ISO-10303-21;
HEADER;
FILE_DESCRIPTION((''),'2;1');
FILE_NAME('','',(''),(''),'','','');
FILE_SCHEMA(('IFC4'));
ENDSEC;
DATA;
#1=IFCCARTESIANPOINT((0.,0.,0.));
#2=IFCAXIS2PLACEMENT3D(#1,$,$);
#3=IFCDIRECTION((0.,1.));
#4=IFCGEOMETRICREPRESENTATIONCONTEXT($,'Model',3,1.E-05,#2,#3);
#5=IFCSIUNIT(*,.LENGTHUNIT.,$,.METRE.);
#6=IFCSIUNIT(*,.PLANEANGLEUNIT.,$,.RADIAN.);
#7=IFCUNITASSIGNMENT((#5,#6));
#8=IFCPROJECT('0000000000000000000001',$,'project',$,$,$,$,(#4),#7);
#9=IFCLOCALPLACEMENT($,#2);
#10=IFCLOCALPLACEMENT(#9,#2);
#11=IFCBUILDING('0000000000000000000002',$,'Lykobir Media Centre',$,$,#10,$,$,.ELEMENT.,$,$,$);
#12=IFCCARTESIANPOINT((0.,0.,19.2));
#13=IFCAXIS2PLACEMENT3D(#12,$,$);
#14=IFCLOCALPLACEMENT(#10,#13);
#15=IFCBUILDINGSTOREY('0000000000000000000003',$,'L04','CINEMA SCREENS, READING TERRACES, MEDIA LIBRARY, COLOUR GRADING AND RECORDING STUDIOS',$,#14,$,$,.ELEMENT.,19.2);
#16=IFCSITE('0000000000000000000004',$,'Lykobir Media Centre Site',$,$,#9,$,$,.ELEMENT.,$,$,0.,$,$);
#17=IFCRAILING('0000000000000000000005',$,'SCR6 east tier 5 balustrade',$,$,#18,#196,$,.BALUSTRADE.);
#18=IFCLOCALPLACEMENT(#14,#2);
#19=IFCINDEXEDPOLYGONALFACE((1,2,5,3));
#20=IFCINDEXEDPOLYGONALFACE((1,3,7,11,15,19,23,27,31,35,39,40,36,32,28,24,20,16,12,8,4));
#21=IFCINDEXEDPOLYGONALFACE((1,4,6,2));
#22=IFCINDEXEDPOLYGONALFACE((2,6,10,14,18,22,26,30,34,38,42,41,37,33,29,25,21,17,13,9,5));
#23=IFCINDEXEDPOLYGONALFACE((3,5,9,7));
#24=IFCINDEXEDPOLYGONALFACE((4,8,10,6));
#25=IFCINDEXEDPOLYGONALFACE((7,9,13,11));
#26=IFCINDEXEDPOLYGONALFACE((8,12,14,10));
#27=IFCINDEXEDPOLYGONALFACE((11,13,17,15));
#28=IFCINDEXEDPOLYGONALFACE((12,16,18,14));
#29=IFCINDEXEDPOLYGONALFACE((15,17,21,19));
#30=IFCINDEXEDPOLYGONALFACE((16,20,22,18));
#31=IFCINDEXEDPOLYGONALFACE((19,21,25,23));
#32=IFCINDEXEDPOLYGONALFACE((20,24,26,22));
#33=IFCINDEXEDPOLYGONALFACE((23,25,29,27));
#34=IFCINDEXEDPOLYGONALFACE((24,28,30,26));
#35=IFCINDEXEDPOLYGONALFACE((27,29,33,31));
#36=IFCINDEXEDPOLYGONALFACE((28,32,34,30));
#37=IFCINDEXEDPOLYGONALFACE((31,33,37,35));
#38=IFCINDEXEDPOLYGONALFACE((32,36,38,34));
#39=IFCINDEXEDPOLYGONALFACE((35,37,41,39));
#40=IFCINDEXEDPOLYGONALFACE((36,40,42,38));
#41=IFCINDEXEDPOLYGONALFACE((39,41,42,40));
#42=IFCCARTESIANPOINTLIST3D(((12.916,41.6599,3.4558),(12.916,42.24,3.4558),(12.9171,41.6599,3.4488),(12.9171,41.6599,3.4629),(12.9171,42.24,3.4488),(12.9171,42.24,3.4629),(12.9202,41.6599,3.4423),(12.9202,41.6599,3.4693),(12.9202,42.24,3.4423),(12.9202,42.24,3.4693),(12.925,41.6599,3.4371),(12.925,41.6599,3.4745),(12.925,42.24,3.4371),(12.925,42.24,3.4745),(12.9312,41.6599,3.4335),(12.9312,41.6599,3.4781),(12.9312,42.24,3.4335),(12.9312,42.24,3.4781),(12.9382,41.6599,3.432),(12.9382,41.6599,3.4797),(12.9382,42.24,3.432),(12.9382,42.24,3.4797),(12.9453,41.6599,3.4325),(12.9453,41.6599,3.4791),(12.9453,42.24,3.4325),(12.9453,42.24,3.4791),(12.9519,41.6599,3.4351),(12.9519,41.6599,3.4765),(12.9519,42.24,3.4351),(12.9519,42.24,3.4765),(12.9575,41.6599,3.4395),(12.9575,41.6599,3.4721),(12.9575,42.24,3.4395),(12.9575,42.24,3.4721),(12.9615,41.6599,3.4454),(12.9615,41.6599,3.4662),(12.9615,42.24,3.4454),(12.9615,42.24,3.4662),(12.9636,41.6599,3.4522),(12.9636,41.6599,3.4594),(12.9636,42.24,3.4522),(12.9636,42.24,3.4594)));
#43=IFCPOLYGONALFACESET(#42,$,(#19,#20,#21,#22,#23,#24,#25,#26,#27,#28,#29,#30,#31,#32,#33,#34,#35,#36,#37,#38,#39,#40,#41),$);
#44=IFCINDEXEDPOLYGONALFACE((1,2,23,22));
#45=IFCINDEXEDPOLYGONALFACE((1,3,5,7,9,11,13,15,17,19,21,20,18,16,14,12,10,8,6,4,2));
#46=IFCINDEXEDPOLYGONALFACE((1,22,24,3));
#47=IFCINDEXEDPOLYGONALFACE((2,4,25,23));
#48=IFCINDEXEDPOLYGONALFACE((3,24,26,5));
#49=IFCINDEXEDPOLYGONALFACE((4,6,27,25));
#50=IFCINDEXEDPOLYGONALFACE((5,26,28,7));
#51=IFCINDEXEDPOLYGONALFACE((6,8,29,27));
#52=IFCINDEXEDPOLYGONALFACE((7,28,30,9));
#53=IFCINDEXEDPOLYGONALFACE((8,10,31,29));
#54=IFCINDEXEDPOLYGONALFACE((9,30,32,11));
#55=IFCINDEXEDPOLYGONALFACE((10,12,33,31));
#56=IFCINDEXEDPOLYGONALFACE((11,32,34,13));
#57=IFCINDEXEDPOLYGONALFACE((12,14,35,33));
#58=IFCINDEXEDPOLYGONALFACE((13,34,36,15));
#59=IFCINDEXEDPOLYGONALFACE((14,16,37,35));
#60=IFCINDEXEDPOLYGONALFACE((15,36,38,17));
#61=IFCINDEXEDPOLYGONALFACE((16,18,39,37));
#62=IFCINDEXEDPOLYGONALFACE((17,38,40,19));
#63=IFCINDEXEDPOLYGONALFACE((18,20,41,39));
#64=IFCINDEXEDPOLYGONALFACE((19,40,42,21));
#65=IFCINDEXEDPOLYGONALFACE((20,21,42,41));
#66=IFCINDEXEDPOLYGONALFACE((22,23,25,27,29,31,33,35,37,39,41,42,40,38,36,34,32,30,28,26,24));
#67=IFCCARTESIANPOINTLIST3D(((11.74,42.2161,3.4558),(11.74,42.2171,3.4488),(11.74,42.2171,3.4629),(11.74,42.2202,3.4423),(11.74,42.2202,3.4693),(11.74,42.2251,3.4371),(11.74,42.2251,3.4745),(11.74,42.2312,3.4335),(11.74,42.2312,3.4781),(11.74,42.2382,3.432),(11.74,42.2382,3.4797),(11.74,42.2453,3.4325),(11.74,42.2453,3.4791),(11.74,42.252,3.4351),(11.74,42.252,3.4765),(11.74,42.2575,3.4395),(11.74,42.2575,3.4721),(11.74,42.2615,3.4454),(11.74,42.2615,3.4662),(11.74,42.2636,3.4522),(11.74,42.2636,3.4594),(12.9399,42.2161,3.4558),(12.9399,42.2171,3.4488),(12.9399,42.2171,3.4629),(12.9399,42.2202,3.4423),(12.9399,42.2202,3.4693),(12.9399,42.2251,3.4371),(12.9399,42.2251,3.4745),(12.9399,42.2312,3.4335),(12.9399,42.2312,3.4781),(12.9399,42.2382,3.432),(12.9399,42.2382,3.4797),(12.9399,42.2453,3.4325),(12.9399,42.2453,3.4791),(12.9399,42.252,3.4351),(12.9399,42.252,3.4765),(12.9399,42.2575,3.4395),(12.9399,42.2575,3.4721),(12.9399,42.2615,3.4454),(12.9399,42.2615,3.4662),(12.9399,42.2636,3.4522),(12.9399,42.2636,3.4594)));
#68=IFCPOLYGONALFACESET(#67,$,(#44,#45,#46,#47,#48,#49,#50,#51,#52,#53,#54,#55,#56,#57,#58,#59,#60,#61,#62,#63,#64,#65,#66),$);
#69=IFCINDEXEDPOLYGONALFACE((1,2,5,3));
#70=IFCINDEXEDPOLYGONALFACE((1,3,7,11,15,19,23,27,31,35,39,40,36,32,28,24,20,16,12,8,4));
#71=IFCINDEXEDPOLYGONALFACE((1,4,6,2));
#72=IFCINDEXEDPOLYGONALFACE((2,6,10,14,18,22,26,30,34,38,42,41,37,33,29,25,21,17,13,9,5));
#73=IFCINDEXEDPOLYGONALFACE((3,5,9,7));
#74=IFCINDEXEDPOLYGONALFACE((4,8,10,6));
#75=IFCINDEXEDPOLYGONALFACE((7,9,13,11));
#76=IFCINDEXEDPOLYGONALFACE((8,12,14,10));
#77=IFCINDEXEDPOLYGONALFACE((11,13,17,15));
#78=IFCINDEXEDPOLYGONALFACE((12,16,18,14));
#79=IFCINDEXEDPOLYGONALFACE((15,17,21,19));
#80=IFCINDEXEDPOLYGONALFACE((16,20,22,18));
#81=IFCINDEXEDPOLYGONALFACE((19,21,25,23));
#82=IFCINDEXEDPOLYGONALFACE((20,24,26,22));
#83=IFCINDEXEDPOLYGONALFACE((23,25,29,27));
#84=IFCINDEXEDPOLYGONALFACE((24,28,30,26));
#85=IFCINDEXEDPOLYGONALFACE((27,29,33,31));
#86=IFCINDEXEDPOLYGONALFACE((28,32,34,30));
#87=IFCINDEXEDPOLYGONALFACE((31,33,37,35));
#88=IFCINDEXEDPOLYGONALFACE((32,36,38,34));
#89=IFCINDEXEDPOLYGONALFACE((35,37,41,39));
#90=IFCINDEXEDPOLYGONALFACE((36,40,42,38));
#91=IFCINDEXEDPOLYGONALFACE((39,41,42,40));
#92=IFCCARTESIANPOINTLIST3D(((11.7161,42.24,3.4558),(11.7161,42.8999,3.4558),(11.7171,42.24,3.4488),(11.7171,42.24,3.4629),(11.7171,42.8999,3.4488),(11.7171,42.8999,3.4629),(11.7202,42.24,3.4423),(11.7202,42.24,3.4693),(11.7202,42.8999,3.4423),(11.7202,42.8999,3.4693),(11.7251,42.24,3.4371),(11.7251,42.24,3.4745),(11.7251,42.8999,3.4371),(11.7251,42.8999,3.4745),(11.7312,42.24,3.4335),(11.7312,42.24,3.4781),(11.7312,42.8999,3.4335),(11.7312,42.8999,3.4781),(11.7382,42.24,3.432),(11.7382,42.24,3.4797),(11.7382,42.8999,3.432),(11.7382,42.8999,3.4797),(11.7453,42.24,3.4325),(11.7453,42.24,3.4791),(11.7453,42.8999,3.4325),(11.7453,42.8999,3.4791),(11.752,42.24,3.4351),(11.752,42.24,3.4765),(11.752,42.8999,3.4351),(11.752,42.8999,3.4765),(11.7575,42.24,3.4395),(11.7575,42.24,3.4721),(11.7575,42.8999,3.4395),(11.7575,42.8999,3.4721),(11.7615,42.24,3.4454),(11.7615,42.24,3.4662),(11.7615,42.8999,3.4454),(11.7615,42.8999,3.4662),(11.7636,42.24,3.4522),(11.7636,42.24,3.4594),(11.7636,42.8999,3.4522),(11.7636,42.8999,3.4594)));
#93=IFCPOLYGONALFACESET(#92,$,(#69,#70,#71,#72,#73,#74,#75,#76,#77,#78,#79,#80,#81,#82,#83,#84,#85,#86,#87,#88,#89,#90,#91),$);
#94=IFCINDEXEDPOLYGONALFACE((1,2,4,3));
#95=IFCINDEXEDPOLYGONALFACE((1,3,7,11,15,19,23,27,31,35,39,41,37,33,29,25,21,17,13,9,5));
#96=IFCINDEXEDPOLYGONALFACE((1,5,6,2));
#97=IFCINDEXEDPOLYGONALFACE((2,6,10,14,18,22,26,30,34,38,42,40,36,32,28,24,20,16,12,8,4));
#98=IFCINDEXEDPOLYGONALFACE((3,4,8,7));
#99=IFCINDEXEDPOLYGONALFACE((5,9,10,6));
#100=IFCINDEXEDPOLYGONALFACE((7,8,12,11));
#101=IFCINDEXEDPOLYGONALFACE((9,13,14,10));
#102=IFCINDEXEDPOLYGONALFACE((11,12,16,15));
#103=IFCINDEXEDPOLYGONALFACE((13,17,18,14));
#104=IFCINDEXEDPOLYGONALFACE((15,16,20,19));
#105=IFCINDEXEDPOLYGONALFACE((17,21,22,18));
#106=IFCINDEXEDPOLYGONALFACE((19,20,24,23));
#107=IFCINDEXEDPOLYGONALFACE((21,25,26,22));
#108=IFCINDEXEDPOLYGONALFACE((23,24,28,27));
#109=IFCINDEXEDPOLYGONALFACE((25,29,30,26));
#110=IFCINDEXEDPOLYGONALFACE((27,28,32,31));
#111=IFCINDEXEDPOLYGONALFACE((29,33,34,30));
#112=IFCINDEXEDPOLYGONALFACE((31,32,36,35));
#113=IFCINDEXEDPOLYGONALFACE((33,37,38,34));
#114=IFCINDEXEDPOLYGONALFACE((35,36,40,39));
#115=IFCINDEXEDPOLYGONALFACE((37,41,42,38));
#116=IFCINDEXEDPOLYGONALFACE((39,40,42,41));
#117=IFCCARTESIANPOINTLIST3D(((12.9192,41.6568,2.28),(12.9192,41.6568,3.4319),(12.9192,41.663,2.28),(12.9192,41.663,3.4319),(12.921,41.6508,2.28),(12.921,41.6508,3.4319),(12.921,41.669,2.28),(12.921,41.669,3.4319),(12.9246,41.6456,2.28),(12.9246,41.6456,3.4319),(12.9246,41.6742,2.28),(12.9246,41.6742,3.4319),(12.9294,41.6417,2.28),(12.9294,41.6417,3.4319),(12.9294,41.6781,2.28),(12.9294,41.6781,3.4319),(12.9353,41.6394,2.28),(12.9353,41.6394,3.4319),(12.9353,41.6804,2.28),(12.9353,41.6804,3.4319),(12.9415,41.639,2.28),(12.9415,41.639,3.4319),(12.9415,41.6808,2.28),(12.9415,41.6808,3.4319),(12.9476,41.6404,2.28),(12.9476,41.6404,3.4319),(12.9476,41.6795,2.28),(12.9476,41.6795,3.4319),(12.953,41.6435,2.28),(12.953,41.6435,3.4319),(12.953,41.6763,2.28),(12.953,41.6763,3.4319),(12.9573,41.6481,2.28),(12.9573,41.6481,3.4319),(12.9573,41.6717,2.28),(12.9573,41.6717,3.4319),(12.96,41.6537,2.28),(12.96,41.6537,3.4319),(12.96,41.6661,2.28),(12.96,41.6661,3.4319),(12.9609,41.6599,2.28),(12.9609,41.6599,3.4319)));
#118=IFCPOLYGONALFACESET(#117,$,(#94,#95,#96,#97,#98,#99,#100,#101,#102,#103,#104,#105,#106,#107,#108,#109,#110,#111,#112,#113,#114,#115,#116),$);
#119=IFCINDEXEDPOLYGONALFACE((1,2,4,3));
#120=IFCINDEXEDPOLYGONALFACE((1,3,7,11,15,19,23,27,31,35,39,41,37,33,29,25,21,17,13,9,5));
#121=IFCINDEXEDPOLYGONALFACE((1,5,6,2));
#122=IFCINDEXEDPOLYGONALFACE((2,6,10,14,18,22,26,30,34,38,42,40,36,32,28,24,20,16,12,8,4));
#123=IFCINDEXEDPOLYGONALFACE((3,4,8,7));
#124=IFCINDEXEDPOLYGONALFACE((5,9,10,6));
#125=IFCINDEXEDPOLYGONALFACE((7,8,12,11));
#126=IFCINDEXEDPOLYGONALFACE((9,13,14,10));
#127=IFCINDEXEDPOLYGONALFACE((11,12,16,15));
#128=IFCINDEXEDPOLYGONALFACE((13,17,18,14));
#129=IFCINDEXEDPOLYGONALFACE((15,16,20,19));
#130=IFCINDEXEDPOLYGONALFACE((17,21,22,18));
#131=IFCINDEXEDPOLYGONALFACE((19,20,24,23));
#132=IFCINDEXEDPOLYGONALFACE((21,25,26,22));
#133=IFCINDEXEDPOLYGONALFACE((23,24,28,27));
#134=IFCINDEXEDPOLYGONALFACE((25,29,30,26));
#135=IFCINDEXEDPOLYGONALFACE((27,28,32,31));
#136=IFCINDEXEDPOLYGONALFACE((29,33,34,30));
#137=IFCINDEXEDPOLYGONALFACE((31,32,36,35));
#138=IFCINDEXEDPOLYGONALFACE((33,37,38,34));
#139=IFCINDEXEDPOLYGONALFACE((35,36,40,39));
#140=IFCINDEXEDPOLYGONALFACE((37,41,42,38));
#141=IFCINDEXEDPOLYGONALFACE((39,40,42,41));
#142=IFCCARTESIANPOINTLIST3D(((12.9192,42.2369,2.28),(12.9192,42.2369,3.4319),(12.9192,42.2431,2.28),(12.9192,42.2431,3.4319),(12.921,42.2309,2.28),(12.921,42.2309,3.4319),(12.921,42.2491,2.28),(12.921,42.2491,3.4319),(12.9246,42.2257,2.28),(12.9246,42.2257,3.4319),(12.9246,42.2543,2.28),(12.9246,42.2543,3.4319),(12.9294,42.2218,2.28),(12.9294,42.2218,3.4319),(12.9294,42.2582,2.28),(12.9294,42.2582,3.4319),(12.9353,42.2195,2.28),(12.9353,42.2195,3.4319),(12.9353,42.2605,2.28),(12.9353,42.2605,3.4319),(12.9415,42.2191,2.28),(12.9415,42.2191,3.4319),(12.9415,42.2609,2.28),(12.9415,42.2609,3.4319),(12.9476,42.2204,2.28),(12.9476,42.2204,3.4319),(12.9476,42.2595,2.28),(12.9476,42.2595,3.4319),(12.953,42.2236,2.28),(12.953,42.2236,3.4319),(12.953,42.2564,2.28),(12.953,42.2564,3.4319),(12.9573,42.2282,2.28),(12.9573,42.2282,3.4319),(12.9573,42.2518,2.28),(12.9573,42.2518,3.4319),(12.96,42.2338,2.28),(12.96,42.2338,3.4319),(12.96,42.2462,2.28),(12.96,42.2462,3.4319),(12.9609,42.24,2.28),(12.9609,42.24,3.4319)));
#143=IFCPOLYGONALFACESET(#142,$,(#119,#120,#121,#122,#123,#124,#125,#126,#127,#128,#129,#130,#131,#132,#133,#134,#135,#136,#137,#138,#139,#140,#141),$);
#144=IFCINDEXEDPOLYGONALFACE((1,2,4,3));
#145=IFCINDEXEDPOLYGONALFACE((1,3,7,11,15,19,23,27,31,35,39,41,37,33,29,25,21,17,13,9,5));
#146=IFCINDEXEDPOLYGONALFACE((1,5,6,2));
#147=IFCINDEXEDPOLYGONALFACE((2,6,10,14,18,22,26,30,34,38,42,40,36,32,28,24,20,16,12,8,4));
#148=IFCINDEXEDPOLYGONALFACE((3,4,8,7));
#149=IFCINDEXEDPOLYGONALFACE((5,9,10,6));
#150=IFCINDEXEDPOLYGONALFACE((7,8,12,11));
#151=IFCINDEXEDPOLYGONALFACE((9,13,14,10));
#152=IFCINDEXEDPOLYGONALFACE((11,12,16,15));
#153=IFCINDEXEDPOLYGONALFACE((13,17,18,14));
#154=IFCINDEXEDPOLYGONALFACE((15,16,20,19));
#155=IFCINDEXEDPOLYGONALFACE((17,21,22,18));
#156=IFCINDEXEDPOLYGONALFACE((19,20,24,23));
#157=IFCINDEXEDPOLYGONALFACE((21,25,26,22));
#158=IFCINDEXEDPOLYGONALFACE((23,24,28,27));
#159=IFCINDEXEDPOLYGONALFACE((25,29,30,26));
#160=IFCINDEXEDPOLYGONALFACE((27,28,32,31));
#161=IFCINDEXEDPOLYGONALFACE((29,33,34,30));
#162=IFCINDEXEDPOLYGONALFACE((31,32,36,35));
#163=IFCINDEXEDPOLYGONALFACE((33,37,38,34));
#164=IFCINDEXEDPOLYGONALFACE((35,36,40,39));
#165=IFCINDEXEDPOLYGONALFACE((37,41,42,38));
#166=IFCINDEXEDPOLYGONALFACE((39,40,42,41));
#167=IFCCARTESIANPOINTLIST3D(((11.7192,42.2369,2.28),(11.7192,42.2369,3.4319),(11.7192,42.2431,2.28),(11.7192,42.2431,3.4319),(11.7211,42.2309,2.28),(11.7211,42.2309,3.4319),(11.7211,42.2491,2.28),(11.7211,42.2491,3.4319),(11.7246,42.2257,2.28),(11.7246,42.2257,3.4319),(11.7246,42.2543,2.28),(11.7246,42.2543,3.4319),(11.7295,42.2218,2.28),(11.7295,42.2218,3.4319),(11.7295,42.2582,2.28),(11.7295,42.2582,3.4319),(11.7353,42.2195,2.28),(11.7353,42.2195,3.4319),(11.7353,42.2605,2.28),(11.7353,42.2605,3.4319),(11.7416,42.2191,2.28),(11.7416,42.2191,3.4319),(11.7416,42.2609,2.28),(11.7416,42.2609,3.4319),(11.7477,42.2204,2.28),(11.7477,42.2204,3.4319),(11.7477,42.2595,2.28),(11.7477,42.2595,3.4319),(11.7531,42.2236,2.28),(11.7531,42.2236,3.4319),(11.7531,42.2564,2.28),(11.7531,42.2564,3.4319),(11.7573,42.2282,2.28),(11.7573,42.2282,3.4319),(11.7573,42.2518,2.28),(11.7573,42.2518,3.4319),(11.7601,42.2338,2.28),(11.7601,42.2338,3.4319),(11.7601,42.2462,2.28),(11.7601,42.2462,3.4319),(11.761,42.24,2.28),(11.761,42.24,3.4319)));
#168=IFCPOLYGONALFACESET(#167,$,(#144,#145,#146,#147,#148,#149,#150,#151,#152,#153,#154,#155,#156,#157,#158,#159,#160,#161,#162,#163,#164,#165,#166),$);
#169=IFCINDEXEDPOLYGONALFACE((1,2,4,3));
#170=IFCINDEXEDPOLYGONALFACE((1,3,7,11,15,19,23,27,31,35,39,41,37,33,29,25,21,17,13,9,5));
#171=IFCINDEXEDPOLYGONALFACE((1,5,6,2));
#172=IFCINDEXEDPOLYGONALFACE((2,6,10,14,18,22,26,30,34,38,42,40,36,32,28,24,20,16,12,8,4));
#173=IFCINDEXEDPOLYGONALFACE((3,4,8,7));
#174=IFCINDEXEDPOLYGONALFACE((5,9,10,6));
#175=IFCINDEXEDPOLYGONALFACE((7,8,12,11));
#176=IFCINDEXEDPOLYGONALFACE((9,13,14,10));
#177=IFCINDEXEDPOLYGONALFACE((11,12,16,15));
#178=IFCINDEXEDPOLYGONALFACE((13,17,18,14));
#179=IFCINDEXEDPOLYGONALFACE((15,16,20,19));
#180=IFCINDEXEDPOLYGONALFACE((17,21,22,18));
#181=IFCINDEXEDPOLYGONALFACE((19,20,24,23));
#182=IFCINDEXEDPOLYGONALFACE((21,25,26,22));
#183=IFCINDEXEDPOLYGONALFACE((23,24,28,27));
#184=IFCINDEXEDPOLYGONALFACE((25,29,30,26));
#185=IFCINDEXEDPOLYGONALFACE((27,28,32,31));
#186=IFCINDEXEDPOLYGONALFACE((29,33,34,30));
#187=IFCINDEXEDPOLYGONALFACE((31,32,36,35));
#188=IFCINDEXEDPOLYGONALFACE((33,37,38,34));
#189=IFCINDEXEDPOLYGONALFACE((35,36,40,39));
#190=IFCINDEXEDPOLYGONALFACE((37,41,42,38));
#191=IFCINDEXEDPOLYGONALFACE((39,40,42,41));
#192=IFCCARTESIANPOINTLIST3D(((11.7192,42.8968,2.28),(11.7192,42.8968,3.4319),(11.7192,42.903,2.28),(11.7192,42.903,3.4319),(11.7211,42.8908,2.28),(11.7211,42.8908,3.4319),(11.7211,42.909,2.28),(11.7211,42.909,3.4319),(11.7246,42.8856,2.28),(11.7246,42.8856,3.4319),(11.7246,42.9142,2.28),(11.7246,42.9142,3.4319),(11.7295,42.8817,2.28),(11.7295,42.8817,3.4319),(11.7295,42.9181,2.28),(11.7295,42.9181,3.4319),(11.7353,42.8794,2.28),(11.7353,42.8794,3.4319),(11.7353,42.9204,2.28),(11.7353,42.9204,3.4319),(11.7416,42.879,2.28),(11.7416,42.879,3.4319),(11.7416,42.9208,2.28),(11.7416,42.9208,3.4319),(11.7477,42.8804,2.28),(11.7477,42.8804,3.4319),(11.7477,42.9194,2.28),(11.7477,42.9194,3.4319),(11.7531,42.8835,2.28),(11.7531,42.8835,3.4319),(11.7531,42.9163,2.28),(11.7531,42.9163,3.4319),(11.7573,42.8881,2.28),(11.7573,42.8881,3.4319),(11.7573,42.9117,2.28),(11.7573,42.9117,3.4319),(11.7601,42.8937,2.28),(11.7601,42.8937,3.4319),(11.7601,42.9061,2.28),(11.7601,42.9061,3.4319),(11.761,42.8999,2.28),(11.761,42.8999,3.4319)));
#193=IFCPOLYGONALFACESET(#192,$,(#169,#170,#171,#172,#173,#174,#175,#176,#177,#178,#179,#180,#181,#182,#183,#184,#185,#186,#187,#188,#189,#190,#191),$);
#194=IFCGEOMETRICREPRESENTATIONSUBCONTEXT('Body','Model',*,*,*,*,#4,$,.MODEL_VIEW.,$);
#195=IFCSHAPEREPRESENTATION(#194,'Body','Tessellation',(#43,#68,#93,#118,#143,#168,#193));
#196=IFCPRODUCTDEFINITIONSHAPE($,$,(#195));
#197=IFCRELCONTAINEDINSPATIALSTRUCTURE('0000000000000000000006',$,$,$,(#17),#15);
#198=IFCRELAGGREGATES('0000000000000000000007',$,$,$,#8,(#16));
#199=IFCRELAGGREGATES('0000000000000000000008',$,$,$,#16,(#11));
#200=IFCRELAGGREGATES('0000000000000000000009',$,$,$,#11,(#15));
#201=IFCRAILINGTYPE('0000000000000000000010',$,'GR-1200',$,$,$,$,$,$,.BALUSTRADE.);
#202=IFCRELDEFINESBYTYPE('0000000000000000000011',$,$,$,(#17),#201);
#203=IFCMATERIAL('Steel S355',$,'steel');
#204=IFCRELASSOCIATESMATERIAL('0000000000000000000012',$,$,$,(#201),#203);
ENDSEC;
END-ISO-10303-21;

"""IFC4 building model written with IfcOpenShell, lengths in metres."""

from ifc_helpers import new_model, si_unit, direction, frame, origin, origin_2d, place, context, subcontext, project, spatial, circle, extrude, material, type_object, element, save


model = new_model("IFC4")

# Units and contexts
model_context = context("Model", 3, precision=1e-05, world=origin(), true_north=direction((0.0, 1.0)))
body_context = subcontext(model_context, "Body", "Model", "MODEL_VIEW")
ifc_project = project(units=[si_unit("LENGTHUNIT", "METRE"), si_unit("PLANEANGLEUNIT", "RADIAN")], contexts=[model_context])

# Site, building, storey
site_placement = place(None, origin())
site = spatial("IfcSite", under=ifc_project, at=site_placement, Name="Lykobir Media Centre Site", CompositionType="ELEMENT", RefElevation=0.0)
building_placement = place(site_placement, origin())
building = spatial("IfcBuilding", under=site, at=building_placement, Name="Lykobir Media Centre", CompositionType="ELEMENT")
storey_placement = place(building_placement, frame((0.0, 0.0, 19.2)))
storey = spatial("IfcBuildingStorey", under=building, at=storey_placement, Name="L04", Description="CINEMA SCREENS, READING TERRACES, MEDIA LIBRARY, COLOUR GRADING AND RECORDING STUDIOS", CompositionType="ELEMENT", Elevation=19.2)

# Shared definitions
ifc_material_1 = material(Name="Steel S355", Category="steel")

# Railing
railing_type = type_object("IfcRailingType", Name="GR-1200", PredefinedType="BALUSTRADE", material=ifc_material_1)
railing_1_placement = place(storey_placement, frame((12.9399, 41.6599, 2.28)))
element("IfcRailing", 1, at=railing_1_placement, inside=storey, type_object=railing_type, Name="SCR6 east tier 5 balustrade", PredefinedType="BALUSTRADE", context=body_context, shape_type="SweptSolid", body=[
    extrude(circle(Radius=0.0239, at=origin_2d()), frame((0.0, 0.0, 1.1758), z_axis=(0.0, 1.0, 0.0), x_axis=(-1.0, 0.0, 0.0)), (0.0, 0.0, 1.0), 0.5801),
    extrude(circle(Radius=0.0239, at=origin_2d()), frame((0.0, 0.5801, 1.1758), z_axis=(-1.0, 0.0, 0.0), x_axis=(0.0, -1.0, 0.0)), (0.0, 0.0, 1.0), 1.2),
    extrude(circle(Radius=0.0239, at=origin_2d()), frame((-1.2, 0.5801, 1.1758), z_axis=(0.0, 1.0, 0.0), x_axis=(-1.0, 0.0, 0.0)), (0.0, 0.0, 1.0), 0.6599),
    extrude(circle(Radius=0.021, at=origin_2d()), origin(), (0.0, 0.0, 1.0), 1.1519),
    extrude(circle(Radius=0.021, at=origin_2d()), frame((0.0, 0.5801, 0.0)), (0.0, 0.0, 1.0), 1.1519),
    extrude(circle(Radius=0.021, at=origin_2d()), frame((-1.2, 0.5801, 0.0)), (0.0, 0.0, 1.0), 1.1519),
    extrude(circle(Radius=0.021, at=origin_2d()), frame((-1.2, 1.24, 0.0)), (0.0, 0.0, 1.0), 1.1519),
])

save(model, "model.ifc")
